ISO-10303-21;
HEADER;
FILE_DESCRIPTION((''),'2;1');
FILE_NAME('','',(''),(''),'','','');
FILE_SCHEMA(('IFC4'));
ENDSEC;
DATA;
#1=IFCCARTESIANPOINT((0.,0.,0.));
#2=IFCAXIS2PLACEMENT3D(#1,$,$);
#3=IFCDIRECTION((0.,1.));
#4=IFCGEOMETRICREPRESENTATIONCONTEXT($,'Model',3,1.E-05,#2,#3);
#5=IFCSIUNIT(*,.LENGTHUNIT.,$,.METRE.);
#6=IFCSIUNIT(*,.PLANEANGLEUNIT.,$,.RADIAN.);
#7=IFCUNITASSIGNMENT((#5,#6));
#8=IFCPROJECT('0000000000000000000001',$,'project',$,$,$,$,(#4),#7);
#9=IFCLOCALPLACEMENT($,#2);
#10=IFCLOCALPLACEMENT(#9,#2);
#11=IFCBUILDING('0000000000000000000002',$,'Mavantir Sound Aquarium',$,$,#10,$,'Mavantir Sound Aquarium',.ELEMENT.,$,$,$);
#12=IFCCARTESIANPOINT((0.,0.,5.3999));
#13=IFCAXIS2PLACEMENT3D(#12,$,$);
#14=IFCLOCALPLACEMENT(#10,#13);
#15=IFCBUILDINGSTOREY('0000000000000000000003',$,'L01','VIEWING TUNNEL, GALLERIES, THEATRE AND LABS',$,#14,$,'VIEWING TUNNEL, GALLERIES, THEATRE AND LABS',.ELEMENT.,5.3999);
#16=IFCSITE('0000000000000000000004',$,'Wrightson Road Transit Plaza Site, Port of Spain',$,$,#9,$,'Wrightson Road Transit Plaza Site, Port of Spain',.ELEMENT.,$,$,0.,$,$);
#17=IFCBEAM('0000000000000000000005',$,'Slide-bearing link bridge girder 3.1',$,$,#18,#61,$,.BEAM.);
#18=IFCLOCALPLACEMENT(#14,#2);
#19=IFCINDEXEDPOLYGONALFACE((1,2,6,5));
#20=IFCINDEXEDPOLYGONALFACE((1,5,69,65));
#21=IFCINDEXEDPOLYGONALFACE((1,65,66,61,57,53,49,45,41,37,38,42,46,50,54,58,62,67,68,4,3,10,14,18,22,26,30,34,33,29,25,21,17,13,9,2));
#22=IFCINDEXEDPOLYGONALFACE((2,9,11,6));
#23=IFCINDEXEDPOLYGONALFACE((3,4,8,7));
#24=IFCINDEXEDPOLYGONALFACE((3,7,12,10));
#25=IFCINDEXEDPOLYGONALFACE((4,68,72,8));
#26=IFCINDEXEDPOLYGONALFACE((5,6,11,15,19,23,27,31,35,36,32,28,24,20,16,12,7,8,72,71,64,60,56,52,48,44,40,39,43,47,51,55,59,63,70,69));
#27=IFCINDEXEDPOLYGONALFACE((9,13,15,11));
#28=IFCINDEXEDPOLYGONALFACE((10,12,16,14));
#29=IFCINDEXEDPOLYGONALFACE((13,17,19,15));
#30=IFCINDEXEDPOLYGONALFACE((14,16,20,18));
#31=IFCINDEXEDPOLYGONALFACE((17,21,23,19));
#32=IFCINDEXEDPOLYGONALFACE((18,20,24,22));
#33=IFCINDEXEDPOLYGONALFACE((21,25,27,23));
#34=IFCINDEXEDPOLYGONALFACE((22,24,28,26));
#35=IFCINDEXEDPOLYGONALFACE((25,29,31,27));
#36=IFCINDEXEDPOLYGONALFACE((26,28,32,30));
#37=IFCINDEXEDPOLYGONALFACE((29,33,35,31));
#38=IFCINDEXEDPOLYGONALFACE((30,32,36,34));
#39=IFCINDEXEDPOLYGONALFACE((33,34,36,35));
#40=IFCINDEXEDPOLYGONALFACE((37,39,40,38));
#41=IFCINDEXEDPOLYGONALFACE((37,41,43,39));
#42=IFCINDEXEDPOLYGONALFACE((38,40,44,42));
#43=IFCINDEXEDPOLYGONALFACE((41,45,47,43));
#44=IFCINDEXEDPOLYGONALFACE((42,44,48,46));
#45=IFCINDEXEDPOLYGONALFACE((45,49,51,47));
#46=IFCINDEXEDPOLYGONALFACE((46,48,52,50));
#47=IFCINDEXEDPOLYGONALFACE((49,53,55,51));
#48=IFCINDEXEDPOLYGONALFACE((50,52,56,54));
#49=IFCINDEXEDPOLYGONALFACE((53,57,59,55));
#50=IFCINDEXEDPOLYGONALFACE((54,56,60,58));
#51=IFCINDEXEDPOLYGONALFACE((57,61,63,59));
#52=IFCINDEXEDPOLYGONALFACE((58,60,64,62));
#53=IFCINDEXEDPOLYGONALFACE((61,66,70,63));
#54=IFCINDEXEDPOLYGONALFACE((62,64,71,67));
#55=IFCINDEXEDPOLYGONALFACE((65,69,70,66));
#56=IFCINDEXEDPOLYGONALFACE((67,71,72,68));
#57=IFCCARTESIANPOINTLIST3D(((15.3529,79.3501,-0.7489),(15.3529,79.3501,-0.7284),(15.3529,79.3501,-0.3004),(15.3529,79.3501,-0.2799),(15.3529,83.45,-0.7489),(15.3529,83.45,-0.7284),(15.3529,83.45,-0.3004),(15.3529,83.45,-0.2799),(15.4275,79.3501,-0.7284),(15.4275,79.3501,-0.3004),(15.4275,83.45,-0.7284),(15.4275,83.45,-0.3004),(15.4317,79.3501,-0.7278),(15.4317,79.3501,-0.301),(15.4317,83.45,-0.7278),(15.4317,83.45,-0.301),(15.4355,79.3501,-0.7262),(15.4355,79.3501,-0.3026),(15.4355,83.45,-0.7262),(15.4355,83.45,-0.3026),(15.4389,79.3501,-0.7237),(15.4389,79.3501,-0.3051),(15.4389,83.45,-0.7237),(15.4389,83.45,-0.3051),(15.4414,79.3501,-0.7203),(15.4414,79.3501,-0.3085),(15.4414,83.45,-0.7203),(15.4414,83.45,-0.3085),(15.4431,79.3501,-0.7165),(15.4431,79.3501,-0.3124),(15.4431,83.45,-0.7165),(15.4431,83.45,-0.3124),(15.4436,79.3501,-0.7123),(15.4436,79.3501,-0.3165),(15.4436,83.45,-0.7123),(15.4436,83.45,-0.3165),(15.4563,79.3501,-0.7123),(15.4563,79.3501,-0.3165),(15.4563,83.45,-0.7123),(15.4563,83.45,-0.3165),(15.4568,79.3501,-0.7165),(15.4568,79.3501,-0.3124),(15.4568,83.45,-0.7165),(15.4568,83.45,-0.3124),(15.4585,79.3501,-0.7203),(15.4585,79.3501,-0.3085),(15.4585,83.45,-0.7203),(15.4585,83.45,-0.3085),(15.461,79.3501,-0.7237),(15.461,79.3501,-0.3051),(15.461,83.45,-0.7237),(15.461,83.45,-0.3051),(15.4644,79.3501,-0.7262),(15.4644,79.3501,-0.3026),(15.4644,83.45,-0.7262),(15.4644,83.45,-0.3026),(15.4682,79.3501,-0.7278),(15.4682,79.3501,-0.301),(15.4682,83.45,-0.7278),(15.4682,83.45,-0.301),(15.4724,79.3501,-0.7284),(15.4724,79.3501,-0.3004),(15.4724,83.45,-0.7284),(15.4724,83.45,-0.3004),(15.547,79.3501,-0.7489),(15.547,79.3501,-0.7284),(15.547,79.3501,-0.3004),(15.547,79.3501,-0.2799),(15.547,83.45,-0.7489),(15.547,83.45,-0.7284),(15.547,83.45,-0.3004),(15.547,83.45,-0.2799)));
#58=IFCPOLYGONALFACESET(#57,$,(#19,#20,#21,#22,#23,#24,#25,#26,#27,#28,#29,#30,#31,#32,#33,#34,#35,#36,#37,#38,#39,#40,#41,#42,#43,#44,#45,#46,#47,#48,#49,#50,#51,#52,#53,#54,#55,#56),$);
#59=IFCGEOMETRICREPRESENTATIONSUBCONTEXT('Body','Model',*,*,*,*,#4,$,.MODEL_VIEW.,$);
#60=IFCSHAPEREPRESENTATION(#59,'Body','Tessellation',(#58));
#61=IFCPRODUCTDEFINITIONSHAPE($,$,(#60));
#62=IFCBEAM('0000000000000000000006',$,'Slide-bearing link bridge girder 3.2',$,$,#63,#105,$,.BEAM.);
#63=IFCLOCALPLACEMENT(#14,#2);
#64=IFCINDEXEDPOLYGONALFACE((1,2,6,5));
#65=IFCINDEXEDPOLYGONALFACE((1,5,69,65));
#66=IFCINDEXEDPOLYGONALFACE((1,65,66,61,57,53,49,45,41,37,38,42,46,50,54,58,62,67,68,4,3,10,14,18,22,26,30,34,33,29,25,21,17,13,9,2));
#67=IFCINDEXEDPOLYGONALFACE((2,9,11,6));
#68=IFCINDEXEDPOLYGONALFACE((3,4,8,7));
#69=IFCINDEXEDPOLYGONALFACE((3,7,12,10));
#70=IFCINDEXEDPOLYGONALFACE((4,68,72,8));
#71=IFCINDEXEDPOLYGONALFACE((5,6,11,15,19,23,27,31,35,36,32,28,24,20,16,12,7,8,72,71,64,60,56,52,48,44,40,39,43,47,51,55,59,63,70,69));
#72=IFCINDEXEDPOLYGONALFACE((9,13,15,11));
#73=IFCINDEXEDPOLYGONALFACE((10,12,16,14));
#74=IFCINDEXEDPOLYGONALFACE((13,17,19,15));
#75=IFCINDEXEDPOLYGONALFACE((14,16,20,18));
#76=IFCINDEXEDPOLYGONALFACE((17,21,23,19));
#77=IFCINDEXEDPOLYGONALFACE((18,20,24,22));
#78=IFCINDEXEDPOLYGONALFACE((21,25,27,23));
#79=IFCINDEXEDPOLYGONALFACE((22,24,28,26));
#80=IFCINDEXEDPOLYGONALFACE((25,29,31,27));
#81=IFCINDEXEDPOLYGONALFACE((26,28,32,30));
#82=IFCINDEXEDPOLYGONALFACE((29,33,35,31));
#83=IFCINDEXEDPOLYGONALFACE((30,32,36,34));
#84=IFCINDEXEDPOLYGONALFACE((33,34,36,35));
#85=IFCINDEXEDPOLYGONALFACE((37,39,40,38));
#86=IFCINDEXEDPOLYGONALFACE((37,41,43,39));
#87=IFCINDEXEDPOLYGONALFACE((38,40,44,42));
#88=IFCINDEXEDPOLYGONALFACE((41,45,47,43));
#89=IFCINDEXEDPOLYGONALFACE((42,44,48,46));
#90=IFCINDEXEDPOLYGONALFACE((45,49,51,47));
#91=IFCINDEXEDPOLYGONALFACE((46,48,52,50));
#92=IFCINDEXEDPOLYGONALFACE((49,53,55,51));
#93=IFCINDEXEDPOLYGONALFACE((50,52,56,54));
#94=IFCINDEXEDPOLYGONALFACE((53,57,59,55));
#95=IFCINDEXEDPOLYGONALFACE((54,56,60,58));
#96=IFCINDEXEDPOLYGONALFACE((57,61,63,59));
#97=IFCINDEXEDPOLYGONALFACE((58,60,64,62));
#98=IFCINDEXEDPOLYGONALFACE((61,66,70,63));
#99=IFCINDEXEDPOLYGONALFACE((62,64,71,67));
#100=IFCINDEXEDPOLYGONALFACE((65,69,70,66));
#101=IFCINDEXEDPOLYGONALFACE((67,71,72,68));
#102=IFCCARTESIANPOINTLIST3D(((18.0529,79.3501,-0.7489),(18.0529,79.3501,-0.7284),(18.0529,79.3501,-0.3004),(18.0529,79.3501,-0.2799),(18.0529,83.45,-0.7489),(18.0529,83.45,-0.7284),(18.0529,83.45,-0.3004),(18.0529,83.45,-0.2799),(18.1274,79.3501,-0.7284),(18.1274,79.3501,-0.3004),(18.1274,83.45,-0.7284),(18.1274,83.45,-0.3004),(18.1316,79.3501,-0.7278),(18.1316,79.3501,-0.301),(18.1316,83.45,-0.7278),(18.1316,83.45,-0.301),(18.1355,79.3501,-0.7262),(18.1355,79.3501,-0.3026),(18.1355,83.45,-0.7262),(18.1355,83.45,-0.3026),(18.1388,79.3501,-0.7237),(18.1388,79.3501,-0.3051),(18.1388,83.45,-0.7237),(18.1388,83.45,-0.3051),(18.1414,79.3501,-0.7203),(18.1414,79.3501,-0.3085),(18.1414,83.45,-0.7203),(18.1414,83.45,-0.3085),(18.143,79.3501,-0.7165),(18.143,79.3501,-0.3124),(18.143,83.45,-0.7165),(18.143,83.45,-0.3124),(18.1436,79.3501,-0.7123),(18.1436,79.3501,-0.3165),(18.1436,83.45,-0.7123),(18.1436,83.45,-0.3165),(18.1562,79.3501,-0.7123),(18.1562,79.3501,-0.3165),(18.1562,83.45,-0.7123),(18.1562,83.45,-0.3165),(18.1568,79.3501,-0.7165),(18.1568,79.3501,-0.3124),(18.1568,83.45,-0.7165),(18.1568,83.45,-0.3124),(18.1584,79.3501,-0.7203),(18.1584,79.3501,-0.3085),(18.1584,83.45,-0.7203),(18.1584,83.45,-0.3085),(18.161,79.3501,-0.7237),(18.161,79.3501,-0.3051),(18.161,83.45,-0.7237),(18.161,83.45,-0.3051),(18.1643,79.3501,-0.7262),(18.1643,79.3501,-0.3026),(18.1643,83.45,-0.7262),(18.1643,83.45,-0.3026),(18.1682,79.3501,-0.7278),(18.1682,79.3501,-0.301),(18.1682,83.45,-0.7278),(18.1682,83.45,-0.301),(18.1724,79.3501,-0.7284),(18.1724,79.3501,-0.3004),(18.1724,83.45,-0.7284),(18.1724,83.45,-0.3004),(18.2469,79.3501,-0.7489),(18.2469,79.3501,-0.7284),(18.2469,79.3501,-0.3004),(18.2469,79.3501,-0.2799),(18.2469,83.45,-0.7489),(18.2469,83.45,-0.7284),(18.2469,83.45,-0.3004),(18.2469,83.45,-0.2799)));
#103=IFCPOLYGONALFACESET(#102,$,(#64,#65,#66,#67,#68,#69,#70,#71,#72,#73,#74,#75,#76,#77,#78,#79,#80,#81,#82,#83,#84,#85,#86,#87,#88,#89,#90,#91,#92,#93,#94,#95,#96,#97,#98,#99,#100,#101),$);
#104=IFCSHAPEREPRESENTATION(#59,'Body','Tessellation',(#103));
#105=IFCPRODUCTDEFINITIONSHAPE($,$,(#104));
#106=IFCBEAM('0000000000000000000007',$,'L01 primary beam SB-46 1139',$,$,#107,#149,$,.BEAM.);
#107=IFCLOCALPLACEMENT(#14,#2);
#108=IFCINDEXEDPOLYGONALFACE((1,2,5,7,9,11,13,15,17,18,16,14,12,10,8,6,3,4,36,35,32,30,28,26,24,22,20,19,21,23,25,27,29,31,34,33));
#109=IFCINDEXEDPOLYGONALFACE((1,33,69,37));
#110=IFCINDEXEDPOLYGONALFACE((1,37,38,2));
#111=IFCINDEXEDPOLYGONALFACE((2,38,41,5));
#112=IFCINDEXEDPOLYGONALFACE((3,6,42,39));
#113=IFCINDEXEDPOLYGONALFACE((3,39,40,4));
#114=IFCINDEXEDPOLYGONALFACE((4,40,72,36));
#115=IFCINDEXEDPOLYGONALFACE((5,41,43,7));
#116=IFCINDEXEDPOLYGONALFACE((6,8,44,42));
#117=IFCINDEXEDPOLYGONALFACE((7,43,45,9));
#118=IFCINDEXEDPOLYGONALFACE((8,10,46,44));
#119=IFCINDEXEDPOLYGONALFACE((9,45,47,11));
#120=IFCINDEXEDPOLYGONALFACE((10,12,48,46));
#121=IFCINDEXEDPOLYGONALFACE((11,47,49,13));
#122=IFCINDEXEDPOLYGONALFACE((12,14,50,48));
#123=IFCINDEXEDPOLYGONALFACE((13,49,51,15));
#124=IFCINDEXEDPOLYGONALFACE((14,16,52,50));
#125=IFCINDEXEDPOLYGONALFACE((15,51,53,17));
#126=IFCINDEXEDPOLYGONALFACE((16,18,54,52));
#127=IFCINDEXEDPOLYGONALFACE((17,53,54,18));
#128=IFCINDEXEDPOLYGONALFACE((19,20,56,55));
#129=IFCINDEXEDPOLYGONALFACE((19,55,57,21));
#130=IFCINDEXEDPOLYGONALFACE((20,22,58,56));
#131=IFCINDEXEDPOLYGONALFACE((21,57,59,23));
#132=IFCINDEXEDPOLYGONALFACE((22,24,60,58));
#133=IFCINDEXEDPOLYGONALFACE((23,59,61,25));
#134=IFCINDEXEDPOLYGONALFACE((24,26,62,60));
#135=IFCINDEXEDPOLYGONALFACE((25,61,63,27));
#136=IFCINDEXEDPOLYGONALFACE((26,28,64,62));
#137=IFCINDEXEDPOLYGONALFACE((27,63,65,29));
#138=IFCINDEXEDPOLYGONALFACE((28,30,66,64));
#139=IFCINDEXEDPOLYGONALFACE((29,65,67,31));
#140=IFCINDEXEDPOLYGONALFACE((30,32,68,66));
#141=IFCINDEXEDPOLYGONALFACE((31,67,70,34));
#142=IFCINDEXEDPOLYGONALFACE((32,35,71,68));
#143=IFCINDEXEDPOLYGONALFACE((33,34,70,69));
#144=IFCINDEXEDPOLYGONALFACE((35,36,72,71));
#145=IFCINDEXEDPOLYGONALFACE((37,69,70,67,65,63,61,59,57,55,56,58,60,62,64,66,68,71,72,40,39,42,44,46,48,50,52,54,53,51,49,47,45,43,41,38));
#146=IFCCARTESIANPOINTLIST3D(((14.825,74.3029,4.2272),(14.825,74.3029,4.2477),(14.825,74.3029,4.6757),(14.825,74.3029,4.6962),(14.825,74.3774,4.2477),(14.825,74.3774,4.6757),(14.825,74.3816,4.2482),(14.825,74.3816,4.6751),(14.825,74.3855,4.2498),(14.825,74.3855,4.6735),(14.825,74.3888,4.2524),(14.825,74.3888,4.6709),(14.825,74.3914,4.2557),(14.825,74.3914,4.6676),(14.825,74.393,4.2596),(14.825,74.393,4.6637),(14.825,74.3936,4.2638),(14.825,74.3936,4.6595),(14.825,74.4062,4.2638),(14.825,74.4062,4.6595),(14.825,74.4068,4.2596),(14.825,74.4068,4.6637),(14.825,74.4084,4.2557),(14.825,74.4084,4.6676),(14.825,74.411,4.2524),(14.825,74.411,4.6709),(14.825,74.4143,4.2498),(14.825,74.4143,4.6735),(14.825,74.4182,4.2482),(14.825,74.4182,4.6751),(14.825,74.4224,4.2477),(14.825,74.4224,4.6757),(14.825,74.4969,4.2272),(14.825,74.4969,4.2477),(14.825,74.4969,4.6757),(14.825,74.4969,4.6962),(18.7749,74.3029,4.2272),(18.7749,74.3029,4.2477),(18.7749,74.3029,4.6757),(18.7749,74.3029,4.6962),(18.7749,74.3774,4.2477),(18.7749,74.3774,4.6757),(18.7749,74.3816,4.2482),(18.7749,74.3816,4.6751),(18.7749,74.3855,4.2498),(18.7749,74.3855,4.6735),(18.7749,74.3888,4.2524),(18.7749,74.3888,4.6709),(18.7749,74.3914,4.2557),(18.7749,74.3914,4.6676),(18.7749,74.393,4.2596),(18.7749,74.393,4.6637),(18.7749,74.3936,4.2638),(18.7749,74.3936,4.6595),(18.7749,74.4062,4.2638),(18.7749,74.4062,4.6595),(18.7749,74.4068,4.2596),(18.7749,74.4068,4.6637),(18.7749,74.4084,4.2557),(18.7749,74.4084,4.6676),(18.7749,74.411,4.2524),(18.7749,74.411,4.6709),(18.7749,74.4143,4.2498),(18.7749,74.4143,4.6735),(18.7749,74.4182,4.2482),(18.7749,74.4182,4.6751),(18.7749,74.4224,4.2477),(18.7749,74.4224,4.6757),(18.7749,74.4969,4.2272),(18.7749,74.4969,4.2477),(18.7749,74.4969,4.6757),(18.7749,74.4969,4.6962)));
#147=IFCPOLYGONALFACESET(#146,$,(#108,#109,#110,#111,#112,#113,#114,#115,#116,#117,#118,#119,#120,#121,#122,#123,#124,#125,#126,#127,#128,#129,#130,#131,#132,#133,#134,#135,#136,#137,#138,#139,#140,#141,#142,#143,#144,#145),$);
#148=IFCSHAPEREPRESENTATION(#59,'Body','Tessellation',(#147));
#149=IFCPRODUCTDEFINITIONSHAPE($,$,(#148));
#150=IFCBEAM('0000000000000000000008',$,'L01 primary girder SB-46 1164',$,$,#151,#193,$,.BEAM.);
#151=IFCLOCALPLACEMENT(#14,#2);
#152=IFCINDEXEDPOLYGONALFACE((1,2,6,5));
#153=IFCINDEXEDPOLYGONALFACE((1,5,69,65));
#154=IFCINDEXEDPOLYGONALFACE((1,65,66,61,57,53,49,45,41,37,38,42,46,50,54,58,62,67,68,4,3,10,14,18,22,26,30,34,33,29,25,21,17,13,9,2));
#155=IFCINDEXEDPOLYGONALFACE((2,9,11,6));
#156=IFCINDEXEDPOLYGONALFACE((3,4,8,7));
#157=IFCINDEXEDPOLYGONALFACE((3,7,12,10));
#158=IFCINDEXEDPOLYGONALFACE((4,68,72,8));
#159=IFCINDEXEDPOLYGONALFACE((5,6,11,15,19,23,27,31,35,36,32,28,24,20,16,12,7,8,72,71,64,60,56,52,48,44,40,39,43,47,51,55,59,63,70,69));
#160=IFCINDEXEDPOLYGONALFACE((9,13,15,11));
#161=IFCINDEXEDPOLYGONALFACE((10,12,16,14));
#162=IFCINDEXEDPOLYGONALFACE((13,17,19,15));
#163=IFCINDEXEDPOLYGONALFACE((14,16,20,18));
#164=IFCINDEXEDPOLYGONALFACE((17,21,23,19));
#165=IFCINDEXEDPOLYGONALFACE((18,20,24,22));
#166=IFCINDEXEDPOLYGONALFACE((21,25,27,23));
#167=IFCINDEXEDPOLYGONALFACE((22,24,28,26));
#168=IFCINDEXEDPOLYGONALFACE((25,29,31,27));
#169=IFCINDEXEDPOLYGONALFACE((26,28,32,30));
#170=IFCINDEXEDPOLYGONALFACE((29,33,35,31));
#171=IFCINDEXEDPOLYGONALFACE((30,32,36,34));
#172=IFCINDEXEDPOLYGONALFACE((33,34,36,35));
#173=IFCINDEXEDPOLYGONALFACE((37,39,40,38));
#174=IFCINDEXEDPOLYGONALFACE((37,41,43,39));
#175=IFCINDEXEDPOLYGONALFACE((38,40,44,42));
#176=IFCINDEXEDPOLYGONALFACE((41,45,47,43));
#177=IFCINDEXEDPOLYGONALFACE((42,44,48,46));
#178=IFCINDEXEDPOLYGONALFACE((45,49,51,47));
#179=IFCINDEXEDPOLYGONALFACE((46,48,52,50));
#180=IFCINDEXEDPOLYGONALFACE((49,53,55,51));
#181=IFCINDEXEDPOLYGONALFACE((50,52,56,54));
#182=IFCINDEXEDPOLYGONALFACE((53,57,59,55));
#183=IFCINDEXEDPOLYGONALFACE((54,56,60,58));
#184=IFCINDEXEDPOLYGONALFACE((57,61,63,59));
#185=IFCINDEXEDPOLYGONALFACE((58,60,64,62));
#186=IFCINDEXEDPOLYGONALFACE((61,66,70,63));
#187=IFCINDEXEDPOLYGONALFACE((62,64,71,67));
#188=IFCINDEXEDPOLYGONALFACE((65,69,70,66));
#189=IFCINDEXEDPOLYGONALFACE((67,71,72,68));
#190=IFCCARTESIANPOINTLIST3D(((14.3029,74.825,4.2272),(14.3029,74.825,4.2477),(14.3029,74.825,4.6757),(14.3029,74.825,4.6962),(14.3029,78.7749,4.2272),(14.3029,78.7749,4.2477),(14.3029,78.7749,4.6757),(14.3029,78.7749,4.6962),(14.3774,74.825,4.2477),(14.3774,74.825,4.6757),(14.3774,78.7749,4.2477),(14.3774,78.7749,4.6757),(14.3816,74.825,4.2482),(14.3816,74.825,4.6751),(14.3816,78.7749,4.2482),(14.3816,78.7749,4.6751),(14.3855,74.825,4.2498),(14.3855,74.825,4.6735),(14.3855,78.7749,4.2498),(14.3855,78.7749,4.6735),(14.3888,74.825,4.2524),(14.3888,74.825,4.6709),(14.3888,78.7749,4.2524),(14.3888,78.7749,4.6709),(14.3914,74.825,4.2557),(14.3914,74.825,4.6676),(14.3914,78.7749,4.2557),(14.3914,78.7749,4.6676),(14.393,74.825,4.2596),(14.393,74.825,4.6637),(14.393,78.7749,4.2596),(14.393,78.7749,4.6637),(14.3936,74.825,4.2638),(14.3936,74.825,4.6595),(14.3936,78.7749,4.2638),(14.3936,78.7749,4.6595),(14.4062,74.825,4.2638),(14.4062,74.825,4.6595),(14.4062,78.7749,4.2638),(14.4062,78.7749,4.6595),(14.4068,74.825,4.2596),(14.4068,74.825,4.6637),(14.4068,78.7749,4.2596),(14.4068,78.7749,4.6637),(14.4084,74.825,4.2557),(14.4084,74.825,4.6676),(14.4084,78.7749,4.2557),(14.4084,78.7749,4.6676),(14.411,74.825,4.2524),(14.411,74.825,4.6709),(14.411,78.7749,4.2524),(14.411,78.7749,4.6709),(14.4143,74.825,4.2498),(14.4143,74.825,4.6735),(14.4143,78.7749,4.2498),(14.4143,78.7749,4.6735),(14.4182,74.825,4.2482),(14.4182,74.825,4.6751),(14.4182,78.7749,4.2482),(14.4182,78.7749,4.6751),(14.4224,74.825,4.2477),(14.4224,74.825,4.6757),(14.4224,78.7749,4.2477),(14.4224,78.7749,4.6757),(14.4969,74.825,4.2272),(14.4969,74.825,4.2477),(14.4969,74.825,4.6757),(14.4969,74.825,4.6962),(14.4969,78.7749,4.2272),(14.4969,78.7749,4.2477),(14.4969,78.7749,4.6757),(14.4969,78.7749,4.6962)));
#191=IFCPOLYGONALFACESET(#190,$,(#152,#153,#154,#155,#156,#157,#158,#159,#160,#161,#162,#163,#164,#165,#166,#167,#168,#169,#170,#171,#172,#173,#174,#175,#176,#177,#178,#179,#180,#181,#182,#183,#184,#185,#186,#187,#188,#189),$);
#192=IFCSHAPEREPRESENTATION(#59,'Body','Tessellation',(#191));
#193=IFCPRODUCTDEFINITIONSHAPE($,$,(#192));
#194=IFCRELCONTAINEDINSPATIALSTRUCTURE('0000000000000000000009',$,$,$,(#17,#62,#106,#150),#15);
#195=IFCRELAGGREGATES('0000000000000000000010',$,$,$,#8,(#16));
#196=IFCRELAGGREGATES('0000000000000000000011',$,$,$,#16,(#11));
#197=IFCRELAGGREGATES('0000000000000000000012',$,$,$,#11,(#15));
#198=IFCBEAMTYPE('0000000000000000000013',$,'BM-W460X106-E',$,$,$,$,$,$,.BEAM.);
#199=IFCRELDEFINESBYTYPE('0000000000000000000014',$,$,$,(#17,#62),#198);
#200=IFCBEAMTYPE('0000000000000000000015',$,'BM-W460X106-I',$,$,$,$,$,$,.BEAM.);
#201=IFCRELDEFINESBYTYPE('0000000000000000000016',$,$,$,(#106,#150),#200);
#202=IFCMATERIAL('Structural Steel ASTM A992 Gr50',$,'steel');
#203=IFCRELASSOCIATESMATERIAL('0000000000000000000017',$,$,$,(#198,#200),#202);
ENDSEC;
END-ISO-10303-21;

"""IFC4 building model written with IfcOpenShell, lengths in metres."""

from ifc_helpers import new_model, si_unit, direction, frame, origin, origin_2d, place, context, subcontext, project, spatial, i_section, extrude, material, material_profile, profile_set, type_object, element, save


model = new_model("IFC4")

# Units and contexts
model_context = context("Model", 3, precision=1e-05, world=origin(), true_north=direction((0.0, 1.0)))
body_context = subcontext(model_context, "Body", "Model", "MODEL_VIEW")
ifc_project = project(units=[si_unit("LENGTHUNIT", "METRE"), si_unit("PLANEANGLEUNIT", "RADIAN")], contexts=[model_context])

# Site, building, storey
site_placement = place(None, origin())
site = spatial("IfcSite", under=ifc_project, at=site_placement, Name="Wrightson Road Transit Plaza Site, Port of Spain", LongName="Wrightson Road Transit Plaza Site, Port of Spain", CompositionType="ELEMENT", RefElevation=0.0)
building_placement = place(site_placement, origin())
building = spatial("IfcBuilding", under=site, at=building_placement, Name="Mavantir Sound Aquarium", LongName="Mavantir Sound Aquarium", CompositionType="ELEMENT")
storey_placement = place(building_placement, frame((0.0, 0.0, 5.3999)))
storey = spatial("IfcBuildingStorey", under=building, at=storey_placement, Name="L01", Description="VIEWING TUNNEL, GALLERIES, THEATRE AND LABS", LongName="VIEWING TUNNEL, GALLERIES, THEATRE AND LABS", CompositionType="ELEMENT", Elevation=5.3999)

# Beams
ifc_material_1 = material(Name="Structural Steel ASTM A992 Gr50", Category="steel")
ifc_material_profile_1 = material_profile(ifc_material_1, i_section(OverallWidth=0.1941, OverallDepth=0.469, WebThickness=0.0127, FlangeThickness=0.0205, FilletRadius=0.0161, at=origin_2d()), Name="W460X106")
ifc_profile_set_1 = profile_set([ifc_material_profile_1], Name="Structural Steel ASTM A992 Gr50")
beam_type_1 = type_object("IfcBeamType", Name="BM-W460X106-E", PredefinedType="BEAM", material=ifc_profile_set_1)
for number, where, z_axis, x_axis, name in (
    (1, (15.45, 79.3501, -0.5144), (0.0, 1.0, 0.0), (-1.0, 0.0, 0.0), "Slide-bearing link bridge girder 3.1"),
    (2, (18.1499, 79.3501, -0.5144), (0.0, 1.0, 0.0), (-1.0, 0.0, 0.0), "Slide-bearing link bridge girder 3.2"),
):
    element("IfcBeam", number, at=place(storey_placement, frame(where, z_axis=z_axis, x_axis=x_axis)), inside=storey, type_object=beam_type_1, Name=name, PredefinedType="BEAM", context=body_context, shape_type="SweptSolid", body=[
        extrude(i_section(OverallWidth=0.1941, OverallDepth=0.469, WebThickness=0.0127, FlangeThickness=0.0205, FilletRadius=0.0161, at=origin_2d()), origin(), (0.0, 0.0, 1.0), 4.0999),
    ])
ifc_material_profile_2 = material_profile(ifc_material_1, i_section(OverallWidth=0.1941, OverallDepth=0.469, WebThickness=0.0127, FlangeThickness=0.0205, FilletRadius=0.0161, at=origin_2d()), Name="W460X106")
ifc_profile_set_2 = profile_set([ifc_material_profile_2], Name="Structural Steel ASTM A992 Gr50")
beam_type_2 = type_object("IfcBeamType", Name="BM-W460X106-I", PredefinedType="BEAM", material=ifc_profile_set_2)
for number, where, z_axis, x_axis, name in (
    (3, (14.825, 74.3999, 4.4617), (1.0, 0.0, 0.0), (0.0, 1.0, 0.0), "L01 primary beam SB-46 1139"),
    (4, (14.3999, 74.825, 4.4617), (0.0, 1.0, 0.0), (-1.0, 0.0, 0.0), "L01 primary girder SB-46 1164"),
):
    element("IfcBeam", number, at=place(storey_placement, frame(where, z_axis=z_axis, x_axis=x_axis)), inside=storey, type_object=beam_type_2, Name=name, PredefinedType="BEAM", context=body_context, shape_type="SweptSolid", body=[
        extrude(i_section(OverallWidth=0.1941, OverallDepth=0.469, WebThickness=0.0127, FlangeThickness=0.0205, FilletRadius=0.0161, at=origin_2d()), origin(), (0.0, 0.0, 1.0), 3.95),
    ])

save(model, "model.ifc")
